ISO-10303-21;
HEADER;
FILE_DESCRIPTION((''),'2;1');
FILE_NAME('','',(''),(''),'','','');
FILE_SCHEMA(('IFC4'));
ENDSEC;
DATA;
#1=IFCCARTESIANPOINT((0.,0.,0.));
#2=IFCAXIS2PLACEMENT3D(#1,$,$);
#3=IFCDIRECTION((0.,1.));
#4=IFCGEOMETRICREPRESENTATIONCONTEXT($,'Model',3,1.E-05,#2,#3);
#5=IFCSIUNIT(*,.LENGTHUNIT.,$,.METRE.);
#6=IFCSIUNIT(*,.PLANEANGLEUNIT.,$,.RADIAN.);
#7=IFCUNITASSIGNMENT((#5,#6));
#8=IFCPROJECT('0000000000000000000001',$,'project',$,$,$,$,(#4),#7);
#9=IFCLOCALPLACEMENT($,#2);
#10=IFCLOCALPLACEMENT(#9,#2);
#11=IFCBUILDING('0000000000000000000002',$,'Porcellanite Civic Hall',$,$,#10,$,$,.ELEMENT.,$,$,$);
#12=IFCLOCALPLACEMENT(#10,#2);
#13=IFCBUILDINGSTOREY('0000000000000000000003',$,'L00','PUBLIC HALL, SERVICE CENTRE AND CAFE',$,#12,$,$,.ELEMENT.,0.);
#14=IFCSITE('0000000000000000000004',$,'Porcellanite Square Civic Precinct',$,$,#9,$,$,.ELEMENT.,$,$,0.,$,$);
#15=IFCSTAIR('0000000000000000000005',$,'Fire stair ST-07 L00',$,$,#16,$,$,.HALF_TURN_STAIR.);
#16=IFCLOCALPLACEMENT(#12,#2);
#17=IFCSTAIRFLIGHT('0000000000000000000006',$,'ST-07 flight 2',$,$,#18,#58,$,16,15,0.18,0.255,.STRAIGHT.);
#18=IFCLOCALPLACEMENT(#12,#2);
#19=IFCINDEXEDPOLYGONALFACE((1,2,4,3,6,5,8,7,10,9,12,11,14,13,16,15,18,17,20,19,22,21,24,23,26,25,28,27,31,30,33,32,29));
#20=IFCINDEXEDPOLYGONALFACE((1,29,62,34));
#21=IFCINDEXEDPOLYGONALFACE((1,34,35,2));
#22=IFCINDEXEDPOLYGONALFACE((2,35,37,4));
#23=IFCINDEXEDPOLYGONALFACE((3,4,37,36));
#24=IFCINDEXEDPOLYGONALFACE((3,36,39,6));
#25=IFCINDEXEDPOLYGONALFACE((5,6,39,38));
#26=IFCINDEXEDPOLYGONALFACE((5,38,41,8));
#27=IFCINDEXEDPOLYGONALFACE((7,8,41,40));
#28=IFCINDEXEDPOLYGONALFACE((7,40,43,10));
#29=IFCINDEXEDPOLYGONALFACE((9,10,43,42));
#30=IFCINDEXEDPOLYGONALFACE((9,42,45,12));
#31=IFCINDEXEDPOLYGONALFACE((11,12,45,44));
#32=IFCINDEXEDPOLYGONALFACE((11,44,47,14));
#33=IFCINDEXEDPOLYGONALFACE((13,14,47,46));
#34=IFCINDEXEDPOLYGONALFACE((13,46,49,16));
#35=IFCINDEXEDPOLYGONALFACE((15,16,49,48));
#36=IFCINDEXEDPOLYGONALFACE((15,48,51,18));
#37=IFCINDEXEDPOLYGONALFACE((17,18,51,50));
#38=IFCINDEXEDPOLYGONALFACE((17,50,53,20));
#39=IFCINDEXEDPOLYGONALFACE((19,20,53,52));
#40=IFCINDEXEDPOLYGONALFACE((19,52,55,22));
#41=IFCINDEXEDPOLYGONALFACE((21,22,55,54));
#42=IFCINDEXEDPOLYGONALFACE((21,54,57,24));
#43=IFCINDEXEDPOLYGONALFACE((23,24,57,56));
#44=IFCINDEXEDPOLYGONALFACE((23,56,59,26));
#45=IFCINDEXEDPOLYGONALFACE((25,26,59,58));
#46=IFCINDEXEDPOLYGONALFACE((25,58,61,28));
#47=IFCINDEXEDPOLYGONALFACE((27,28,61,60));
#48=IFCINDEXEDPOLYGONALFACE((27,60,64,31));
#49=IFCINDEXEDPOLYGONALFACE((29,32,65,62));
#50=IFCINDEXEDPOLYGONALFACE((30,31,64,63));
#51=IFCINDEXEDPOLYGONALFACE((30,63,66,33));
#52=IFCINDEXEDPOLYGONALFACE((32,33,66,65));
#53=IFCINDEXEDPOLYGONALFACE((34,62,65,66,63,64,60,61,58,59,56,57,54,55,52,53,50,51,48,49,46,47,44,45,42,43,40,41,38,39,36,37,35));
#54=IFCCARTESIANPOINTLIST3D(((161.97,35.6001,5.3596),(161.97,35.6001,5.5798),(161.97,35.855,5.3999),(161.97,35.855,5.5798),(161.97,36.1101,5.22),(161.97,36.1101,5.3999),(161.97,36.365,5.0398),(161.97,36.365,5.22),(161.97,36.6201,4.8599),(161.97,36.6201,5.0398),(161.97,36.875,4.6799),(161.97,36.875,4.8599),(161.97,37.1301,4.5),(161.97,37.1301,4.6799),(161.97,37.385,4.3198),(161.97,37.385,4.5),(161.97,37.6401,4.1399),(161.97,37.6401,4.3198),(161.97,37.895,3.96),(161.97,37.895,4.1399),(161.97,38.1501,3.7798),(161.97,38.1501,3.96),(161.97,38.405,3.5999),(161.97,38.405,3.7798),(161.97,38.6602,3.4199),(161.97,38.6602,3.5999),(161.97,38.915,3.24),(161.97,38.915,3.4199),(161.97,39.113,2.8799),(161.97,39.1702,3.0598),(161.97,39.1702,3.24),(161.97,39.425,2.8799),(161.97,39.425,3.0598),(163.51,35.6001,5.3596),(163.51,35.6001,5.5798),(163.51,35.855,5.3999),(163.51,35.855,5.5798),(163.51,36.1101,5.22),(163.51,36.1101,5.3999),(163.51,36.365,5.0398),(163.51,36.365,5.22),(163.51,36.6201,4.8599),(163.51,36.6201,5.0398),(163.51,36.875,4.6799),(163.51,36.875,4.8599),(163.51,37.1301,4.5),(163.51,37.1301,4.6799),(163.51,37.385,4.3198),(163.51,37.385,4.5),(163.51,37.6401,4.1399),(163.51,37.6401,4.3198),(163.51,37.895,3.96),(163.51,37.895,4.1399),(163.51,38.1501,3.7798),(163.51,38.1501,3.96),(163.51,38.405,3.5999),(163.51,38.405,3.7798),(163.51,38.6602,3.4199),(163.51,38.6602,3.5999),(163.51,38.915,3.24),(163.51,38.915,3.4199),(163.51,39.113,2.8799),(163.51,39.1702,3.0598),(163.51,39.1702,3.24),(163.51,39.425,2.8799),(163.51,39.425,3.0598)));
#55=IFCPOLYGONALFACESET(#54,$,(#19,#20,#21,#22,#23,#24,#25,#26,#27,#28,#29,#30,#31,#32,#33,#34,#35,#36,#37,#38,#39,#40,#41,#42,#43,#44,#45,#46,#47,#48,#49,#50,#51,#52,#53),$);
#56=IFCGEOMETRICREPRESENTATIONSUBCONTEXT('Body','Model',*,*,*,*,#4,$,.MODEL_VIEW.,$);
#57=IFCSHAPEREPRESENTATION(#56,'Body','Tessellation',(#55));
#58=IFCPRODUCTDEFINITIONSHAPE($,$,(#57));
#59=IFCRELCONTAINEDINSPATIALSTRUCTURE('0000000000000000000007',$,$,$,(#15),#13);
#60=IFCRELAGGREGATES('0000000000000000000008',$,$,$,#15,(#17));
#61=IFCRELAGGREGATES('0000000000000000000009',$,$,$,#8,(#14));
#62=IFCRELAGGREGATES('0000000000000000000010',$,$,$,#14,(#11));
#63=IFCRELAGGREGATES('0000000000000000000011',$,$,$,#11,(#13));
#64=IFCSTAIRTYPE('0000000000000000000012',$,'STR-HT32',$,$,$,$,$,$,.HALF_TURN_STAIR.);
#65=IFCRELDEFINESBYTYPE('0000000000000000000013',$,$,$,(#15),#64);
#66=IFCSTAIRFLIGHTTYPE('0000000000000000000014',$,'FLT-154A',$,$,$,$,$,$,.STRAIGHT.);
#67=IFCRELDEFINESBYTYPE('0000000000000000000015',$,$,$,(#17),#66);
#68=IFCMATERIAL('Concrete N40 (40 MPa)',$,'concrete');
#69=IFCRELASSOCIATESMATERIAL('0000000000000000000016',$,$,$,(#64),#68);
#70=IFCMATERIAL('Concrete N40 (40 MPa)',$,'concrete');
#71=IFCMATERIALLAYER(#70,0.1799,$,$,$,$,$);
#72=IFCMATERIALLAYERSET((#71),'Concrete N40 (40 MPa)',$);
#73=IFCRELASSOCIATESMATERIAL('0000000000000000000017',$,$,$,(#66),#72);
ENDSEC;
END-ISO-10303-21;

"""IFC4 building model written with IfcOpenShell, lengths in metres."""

from ifc_helpers import new_model, si_unit, direction, frame, origin, place, context, subcontext, project, spatial, polyline, outline, extrude, material, layer, layer_set, type_object, element, aggregate, save


model = new_model("IFC4")

# Units and contexts
model_context = context("Model", 3, precision=1e-05, world=origin(), true_north=direction((0.0, 1.0)))
body_context = subcontext(model_context, "Body", "Model", "MODEL_VIEW")
ifc_project = project(units=[si_unit("LENGTHUNIT", "METRE"), si_unit("PLANEANGLEUNIT", "RADIAN")], contexts=[model_context])

# Site, building, storey
site_placement = place(None, origin())
site = spatial("IfcSite", under=ifc_project, at=site_placement, Name="Porcellanite Square Civic Precinct", CompositionType="ELEMENT", RefElevation=0.0)
building_placement = place(site_placement, origin())
building = spatial("IfcBuilding", under=site, at=building_placement, Name="Porcellanite Civic Hall", CompositionType="ELEMENT")
storey_placement = place(building_placement, origin())
storey = spatial("IfcBuildingStorey", under=building, at=storey_placement, Name="L00", Description="PUBLIC HALL, SERVICE CENTRE AND CAFE", CompositionType="ELEMENT", Elevation=0.0)

# Stair, stair flight
ifc_material_1 = material(Name="Concrete N40 (40 MPa)", Category="concrete")
stair_type = type_object("IfcStairType", Name="STR-HT32", PredefinedType="HALF_TURN_STAIR", material=ifc_material_1)
stair_placement = place(storey_placement, origin())
stair = element("IfcStair", 1, at=stair_placement, inside=storey, type_object=stair_type, Name="Fire stair ST-07 L00", PredefinedType="HALF_TURN_STAIR")
ifc_material_2 = material(Name="Concrete N40 (40 MPa)", Category="concrete")
ifc_layer_1 = layer(ifc_material_2, 0.1799)
ifc_layer_set_1 = layer_set([ifc_layer_1], Name="Concrete N40 (40 MPa)")
stair_flight_type = type_object("IfcStairFlightType", Name="FLT-154A", PredefinedType="STRAIGHT", material=ifc_layer_set_1)
stair_flight_placement = place(storey_placement, frame((162.74, 39.425, 2.8799), z_axis=(0.0, 0.0, 1.0), x_axis=(0.0, -1.0, 0.0)))
stair_flight = element("IfcStairFlight", 2, at=stair_flight_placement, type_object=stair_flight_type, Name="ST-07 flight 2", NumberOfRisers=16, NumberOfTreads=15, PredefinedType="STRAIGHT", RiserHeight=0.18, TreadLength=0.255, context=body_context, shape_type="SweptSolid", body=[
    extrude(outline(polyline([(0.0, 0.0), (0.0, 0.1799), (0.2549, 0.1799), (0.2549, 0.3601), (0.51, 0.3601), (0.51, 0.54), (0.7649, 0.54), (0.7649, 0.72), (1.02, 0.72), (1.02, 0.8999), (1.2749, 0.8999), (1.2749, 1.0801), (1.53, 1.0801), (1.53, 1.26), (1.7849, 1.26), (1.7849, 1.4399), (2.04, 1.4399), (2.04, 1.6201), (2.2949, 1.6201), (2.2949, 1.8), (2.55, 1.8), (2.55, 1.98), (2.8049, 1.98), (2.8049, 2.1599), (3.0601, 2.1599), (3.0601, 2.3401), (3.3149, 2.3401), (3.3149, 2.52), (3.5701, 2.52), (3.5701, 2.7), (3.825, 2.7), (3.825, 2.8799), (3.825, 2.4797), (0.312, 0.0), (0.0, 0.0)])), frame((0.0, 0.77, 0.0), z_axis=(0.0, -1.0, 0.0), x_axis=(1.0, 0.0, 0.0)), (0.0, 0.0, 1.0), 1.54),
])
aggregate(stair, [stair_flight])

save(model, "model.ifc")
